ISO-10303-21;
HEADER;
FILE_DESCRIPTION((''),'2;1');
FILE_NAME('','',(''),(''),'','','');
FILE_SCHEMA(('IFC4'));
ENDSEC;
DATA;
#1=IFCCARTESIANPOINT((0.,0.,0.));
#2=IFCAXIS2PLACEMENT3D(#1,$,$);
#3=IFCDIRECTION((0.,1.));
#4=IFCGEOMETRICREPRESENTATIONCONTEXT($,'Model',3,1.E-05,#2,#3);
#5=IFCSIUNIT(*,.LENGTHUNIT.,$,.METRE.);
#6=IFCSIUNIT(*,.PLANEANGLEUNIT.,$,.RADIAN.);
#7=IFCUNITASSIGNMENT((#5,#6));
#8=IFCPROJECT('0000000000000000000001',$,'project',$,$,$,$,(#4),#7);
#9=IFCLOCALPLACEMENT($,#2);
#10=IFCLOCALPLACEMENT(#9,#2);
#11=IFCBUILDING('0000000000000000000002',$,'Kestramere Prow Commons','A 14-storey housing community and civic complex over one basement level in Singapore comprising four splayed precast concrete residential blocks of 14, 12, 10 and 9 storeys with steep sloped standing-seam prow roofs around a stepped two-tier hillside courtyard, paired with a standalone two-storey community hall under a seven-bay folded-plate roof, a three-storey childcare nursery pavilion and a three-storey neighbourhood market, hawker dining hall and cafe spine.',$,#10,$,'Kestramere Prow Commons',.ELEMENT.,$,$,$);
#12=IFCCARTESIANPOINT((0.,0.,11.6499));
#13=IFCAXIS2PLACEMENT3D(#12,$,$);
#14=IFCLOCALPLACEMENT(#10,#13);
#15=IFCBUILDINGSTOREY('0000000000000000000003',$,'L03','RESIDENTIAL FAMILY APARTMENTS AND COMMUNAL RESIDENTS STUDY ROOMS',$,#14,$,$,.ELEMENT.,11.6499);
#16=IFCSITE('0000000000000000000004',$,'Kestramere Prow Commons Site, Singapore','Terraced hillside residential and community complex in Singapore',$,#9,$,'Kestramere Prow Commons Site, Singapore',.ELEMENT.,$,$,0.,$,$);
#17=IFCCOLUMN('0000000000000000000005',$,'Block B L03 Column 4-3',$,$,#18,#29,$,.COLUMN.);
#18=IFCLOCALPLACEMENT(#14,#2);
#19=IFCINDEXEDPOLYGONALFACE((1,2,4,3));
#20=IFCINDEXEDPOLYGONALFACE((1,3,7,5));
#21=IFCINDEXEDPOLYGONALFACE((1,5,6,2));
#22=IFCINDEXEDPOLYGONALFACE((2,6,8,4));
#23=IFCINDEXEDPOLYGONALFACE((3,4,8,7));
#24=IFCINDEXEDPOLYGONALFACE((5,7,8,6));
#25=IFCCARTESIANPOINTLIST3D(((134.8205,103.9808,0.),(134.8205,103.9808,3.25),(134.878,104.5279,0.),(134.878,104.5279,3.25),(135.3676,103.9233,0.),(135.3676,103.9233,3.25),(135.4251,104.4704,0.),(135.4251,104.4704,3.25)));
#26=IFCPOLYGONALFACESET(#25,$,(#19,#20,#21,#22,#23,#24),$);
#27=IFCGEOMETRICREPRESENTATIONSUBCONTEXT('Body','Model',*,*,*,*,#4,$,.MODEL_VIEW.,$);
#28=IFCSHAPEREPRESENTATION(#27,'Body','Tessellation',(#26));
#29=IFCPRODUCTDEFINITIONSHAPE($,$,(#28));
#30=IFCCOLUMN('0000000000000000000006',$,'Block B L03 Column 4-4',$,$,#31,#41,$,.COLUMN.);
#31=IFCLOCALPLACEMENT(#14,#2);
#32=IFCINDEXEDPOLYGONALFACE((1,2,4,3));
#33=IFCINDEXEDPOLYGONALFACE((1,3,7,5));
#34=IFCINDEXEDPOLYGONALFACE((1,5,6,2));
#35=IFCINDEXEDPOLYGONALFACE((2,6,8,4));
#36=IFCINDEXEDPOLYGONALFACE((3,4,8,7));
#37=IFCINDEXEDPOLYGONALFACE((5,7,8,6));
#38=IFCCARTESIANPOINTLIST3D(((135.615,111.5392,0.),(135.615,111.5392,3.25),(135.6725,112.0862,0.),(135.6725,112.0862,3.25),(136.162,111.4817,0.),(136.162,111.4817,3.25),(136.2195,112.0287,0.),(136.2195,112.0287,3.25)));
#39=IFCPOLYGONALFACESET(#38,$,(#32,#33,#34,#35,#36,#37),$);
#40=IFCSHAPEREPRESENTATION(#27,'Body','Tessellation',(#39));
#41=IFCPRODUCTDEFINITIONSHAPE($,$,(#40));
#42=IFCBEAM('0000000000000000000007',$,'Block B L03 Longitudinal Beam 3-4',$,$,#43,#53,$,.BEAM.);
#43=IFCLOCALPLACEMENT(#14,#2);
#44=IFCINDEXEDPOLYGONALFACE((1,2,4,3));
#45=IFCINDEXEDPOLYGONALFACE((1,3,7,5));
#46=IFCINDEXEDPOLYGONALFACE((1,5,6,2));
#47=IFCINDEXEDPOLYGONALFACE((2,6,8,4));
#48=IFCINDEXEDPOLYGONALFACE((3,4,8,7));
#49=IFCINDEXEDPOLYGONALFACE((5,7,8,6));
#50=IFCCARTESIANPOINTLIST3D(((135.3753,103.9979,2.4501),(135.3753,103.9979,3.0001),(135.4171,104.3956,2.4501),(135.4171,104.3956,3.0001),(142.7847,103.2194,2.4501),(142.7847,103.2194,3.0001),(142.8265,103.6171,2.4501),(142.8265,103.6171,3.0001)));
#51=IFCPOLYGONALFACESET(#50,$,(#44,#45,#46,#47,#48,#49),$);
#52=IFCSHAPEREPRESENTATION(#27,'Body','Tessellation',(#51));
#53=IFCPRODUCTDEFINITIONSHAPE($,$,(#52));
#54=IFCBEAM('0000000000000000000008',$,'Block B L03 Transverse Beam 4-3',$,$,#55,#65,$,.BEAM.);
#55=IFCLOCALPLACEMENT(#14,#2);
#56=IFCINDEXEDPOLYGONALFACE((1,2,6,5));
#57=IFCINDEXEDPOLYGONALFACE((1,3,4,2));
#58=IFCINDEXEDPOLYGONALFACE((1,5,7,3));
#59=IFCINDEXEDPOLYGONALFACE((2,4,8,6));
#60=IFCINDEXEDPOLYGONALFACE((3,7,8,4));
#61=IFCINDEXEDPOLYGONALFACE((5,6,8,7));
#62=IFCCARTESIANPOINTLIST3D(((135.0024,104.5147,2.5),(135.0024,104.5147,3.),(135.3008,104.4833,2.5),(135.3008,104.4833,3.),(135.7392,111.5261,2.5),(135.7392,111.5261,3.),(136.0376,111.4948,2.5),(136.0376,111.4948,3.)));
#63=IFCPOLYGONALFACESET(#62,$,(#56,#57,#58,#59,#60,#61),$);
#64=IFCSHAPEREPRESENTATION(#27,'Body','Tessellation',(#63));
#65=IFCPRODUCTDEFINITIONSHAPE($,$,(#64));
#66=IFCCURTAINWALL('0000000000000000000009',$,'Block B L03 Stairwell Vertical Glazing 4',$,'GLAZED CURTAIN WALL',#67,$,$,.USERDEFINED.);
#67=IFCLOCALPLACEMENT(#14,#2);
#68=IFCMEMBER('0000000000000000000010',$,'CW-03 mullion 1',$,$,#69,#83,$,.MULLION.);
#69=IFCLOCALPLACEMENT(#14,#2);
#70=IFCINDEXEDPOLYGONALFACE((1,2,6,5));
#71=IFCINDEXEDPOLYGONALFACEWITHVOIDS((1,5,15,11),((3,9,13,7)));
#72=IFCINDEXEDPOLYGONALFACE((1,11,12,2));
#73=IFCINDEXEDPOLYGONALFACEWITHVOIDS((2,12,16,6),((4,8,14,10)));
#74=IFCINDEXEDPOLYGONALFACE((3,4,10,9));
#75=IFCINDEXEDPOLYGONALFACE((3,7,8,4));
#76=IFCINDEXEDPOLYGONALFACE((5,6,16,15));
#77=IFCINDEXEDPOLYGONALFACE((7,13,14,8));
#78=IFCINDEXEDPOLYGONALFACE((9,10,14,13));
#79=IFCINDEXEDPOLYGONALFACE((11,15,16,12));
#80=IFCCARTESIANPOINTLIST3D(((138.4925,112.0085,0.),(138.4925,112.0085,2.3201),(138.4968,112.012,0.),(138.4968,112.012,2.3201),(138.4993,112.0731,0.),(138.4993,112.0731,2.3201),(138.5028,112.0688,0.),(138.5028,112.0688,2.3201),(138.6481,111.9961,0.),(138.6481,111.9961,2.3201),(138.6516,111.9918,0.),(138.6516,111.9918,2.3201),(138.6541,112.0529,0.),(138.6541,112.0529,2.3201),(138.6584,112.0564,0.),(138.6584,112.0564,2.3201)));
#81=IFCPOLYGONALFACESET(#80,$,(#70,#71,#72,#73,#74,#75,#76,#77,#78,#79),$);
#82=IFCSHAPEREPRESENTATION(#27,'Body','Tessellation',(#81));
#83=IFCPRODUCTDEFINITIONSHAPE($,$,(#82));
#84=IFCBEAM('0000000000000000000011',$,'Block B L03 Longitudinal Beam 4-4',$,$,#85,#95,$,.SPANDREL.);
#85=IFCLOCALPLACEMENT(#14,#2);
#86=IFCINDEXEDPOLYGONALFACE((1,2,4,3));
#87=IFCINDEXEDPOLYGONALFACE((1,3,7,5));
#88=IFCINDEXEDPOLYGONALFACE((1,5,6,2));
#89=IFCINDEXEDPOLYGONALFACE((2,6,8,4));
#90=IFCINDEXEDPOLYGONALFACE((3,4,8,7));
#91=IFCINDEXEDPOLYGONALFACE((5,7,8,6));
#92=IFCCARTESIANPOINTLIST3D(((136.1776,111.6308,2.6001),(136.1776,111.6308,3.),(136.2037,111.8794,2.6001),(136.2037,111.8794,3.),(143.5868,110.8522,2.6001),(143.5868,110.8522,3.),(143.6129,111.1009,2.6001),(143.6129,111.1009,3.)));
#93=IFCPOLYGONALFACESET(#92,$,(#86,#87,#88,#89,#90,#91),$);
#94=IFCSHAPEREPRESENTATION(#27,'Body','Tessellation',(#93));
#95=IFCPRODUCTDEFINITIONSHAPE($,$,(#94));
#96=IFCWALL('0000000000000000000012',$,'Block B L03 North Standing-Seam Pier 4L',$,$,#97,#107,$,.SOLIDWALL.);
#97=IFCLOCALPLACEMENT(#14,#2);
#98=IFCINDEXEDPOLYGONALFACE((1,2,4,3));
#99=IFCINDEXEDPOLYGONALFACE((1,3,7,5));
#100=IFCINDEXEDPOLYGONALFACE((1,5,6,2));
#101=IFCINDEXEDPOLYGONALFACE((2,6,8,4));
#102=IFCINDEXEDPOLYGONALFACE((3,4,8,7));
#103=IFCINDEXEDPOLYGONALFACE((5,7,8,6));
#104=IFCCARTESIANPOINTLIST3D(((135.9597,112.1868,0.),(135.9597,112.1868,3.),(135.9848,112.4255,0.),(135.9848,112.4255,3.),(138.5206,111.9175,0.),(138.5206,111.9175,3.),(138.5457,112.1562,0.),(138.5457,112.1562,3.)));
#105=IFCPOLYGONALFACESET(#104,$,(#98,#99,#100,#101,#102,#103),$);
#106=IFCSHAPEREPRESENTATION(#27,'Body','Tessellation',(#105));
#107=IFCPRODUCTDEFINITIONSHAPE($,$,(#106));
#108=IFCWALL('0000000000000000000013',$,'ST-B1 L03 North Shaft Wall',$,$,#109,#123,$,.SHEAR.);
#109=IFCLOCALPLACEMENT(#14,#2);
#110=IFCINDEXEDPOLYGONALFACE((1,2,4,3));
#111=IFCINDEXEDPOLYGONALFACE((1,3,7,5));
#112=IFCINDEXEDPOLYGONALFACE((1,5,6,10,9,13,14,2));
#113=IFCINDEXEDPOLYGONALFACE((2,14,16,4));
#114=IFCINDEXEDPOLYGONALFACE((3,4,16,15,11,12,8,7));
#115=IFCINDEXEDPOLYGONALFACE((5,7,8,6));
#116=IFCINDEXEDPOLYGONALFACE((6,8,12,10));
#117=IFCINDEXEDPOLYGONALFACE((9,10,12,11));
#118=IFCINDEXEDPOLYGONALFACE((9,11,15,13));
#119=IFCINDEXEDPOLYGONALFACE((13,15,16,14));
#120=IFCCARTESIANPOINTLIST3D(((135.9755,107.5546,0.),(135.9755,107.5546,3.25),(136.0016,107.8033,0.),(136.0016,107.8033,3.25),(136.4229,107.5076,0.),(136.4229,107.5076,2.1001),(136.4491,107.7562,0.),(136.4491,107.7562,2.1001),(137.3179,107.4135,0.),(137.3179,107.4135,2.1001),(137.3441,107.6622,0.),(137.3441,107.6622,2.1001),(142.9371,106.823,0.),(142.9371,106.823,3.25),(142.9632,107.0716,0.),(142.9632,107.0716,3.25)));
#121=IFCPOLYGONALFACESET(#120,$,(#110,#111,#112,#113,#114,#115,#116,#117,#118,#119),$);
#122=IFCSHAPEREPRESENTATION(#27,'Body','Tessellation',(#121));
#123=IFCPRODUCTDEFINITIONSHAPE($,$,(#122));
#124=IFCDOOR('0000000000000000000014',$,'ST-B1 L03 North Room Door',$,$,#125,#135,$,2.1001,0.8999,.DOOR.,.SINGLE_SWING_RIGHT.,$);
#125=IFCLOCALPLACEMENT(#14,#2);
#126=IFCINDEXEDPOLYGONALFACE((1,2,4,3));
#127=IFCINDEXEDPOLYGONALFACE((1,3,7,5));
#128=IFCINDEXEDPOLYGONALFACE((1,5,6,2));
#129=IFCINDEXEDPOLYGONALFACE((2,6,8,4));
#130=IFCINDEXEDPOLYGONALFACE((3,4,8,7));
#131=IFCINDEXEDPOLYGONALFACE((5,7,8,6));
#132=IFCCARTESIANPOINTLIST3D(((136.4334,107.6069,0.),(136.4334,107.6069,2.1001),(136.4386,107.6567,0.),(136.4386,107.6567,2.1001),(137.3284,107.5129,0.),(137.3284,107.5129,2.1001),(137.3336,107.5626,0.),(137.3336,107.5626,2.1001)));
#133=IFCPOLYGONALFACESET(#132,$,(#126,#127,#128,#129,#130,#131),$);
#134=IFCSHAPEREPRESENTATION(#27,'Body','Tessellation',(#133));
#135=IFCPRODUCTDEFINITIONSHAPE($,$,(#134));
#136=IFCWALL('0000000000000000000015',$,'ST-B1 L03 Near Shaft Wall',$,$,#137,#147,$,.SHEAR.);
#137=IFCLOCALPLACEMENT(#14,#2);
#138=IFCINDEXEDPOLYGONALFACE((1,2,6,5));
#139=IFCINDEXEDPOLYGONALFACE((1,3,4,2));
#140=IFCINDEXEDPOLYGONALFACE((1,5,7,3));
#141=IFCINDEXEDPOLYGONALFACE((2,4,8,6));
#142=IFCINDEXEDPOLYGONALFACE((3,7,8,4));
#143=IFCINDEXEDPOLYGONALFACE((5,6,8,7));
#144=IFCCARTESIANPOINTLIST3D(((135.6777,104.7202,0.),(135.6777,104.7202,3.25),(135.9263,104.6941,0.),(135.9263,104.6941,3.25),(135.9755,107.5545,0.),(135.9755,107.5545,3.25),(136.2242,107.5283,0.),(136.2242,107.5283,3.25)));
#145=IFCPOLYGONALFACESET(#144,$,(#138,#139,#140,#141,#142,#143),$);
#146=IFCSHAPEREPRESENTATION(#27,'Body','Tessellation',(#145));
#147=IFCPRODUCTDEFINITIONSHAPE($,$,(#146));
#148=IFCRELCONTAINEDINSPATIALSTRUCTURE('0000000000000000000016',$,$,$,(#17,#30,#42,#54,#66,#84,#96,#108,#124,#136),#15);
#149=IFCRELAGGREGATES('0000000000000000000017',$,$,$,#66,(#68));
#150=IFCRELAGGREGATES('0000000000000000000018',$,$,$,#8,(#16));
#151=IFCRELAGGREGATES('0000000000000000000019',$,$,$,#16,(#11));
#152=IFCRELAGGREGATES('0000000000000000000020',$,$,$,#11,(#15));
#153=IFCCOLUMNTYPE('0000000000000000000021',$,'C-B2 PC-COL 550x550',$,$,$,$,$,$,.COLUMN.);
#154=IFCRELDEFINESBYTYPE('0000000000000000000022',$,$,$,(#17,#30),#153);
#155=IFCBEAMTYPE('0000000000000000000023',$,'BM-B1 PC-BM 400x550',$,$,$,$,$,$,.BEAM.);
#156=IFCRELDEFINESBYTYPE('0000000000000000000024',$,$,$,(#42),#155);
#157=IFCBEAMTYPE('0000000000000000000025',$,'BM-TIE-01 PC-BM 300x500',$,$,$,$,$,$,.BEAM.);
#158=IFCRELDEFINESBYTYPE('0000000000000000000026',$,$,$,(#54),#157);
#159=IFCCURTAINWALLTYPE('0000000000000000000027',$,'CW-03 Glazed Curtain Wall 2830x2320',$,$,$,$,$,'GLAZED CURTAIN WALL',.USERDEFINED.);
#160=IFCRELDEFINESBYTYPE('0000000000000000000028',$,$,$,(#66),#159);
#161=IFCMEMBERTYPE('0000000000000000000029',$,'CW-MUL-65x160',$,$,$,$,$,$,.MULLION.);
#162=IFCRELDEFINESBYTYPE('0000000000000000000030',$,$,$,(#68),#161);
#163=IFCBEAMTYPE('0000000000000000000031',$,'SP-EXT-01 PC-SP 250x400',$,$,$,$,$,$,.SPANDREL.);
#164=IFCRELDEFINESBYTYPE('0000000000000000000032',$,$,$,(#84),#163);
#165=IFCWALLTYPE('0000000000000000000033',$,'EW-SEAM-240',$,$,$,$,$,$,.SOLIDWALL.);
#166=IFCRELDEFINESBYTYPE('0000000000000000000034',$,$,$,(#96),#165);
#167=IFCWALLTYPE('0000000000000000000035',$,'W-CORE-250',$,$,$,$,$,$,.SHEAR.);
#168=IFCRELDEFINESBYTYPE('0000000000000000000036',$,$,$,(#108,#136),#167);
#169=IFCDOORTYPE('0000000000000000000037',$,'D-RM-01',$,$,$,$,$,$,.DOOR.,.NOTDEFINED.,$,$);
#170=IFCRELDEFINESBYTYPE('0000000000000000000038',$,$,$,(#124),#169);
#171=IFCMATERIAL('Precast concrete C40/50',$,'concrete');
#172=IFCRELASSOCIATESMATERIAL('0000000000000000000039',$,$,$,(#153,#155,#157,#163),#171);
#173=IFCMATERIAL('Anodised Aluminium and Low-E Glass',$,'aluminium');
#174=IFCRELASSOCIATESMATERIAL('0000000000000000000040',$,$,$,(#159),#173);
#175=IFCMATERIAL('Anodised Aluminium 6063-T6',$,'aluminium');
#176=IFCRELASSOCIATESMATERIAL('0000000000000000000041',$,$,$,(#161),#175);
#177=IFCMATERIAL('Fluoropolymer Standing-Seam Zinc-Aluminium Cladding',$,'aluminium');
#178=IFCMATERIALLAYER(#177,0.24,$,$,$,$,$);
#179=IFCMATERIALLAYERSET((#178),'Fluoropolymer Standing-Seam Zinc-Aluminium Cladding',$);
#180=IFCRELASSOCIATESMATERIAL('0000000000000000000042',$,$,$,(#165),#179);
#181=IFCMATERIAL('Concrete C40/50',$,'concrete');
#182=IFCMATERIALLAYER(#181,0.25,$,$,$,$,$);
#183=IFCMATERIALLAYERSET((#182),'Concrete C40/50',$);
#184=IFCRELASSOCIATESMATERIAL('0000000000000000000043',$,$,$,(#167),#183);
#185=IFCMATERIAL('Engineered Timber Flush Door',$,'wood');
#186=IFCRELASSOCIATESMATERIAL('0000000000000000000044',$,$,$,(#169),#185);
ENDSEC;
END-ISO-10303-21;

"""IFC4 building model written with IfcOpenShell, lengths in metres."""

from ifc_helpers import new_model, si_unit, direction, frame, frame_2d, origin, origin_2d, place, context, subcontext, project, spatial, rectangle, hollow_rectangle, extrude, material, layer, layer_set, material_profile, profile_set, type_object, element, fill, aggregate, save


model = new_model("IFC4")

# Units and contexts
model_context = context("Model", 3, precision=1e-05, world=origin(), true_north=direction((0.0, 1.0)))
body_context = subcontext(model_context, "Body", "Model", "MODEL_VIEW")
ifc_project = project(units=[si_unit("LENGTHUNIT", "METRE"), si_unit("PLANEANGLEUNIT", "RADIAN")], contexts=[model_context])

# Site, building, storey
site_placement = place(None, origin())
site = spatial("IfcSite", under=ifc_project, at=site_placement, Name="Kestramere Prow Commons Site, Singapore", Description="Terraced hillside residential and community complex in Singapore", LongName="Kestramere Prow Commons Site, Singapore", CompositionType="ELEMENT", RefElevation=0.0)
building_placement = place(site_placement, origin())
building = spatial("IfcBuilding", under=site, at=building_placement, Name="Kestramere Prow Commons", Description="A 14-storey housing community and civic complex over one basement level in Singapore comprising four splayed precast concrete residential blocks of 14, 12, 10 and 9 storeys with steep sloped standing-seam prow roofs around a stepped two-tier hillside courtyard, paired with a standalone two-storey community hall under a seven-bay folded-plate roof, a three-storey childcare nursery pavilion and a three-storey neighbourhood market, hawker dining hall and cafe spine.", LongName="Kestramere Prow Commons", CompositionType="ELEMENT")
storey_placement = place(building_placement, frame((0.0, 0.0, 11.6499)))
storey = spatial("IfcBuildingStorey", under=building, at=storey_placement, Name="L03", Description="RESIDENTIAL FAMILY APARTMENTS AND COMMUNAL RESIDENTS STUDY ROOMS", CompositionType="ELEMENT", Elevation=11.6499)

# Columns
ifc_material_1 = material(Name="Precast concrete C40/50", Category="concrete")
ifc_material_profile_1 = material_profile(ifc_material_1, rectangle(XDim=0.55, YDim=0.55, at=origin_2d()), Name="PC-COL 550x550")
ifc_profile_set_1 = profile_set([ifc_material_profile_1], Name="Precast concrete C40/50")
column_type = type_object("IfcColumnType", Name="C-B2 PC-COL 550x550", PredefinedType="COLUMN", material=ifc_profile_set_1)
for number, where, z_axis, x_axis, name in (
    (1, (135.1228, 104.2256, 0.0), (0.0, 0.0, 1.0), (0.994522, -0.104528, 0.0), "Block B L03 Column 4-3"),
    (2, (135.9172, 111.7839, 0.0), (0.0, 0.0, 1.0), (0.994522, -0.104528, 0.0), "Block B L03 Column 4-4"),
):
    element("IfcColumn", number, at=place(storey_placement, frame(where, z_axis=z_axis, x_axis=x_axis)), inside=storey, type_object=column_type, Name=name, PredefinedType="COLUMN", context=body_context, shape_type="SweptSolid", body=[
        extrude(rectangle(XDim=0.55, YDim=0.55, at=origin_2d()), origin(), (0.0, 0.0, 1.0), 3.25),
    ])

# Beams
ifc_material_profile_2 = material_profile(ifc_material_1, rectangle(XDim=0.3999, YDim=0.55, at=origin_2d()), Name="PC-BM 400x550")
ifc_profile_set_2 = profile_set([ifc_material_profile_2], Name="Precast concrete C40/50")
beam_type_1 = type_object("IfcBeamType", Name="BM-B1 PC-BM 400x550", PredefinedType="BEAM", material=ifc_profile_set_2)
beam_1_placement = place(storey_placement, frame((135.3962, 104.1968, 2.7251), z_axis=(0.994525, -0.104502, 0.0), x_axis=(0.104502, 0.994525, 0.0)))
element("IfcBeam", 3, at=beam_1_placement, inside=storey, type_object=beam_type_1, Name="Block B L03 Longitudinal Beam 3-4", PredefinedType="BEAM", context=body_context, shape_type="SweptSolid", body=[
    extrude(rectangle(XDim=0.3999, YDim=0.55, at=origin_2d()), origin(), (0.0, 0.0, 1.0), 7.4502),
])
ifc_material_profile_3 = material_profile(ifc_material_1, rectangle(XDim=0.3, YDim=0.5, at=origin_2d()), Name="PC-BM 300x500")
ifc_profile_set_3 = profile_set([ifc_material_profile_3], Name="Precast concrete C40/50")
beam_type_2 = type_object("IfcBeamType", Name="BM-TIE-01 PC-BM 300x500", PredefinedType="BEAM", material=ifc_profile_set_3)
beam_2_placement = place(storey_placement, frame((135.1516, 104.499, 2.75), z_axis=(0.104512, 0.994524, 0.0), x_axis=(-0.994524, 0.104512, 0.0)))
element("IfcBeam", 4, at=beam_2_placement, inside=storey, type_object=beam_type_2, Name="Block B L03 Transverse Beam 4-3", PredefinedType="BEAM", context=body_context, shape_type="SweptSolid", body=[
    extrude(rectangle(XDim=0.3, YDim=0.5, at=origin_2d()), origin(), (0.0, 0.0, 1.0), 7.05),
])

# Curtain wall, member
ifc_material_2 = material(Name="Anodised Aluminium and Low-E Glass", Category="aluminium")
curtain_wall_type = type_object("IfcCurtainWallType", Name="CW-03 Glazed Curtain Wall 2830x2320", ElementType="GLAZED CURTAIN WALL", PredefinedType="USERDEFINED", material=ifc_material_2)
curtain_wall_placement = place(storey_placement, origin())
curtain_wall = element("IfcCurtainWall", 5, at=curtain_wall_placement, inside=storey, type_object=curtain_wall_type, Name="Block B L03 Stairwell Vertical Glazing 4", ObjectType="GLAZED CURTAIN WALL", PredefinedType="USERDEFINED")
ifc_material_3 = material(Name="Anodised Aluminium 6063-T6", Category="aluminium")
ifc_material_profile_4 = material_profile(ifc_material_3, hollow_rectangle(XDim=0.0649, YDim=0.1599, WallThickness=0.0039, at=origin_2d()), Name="ALU-MUL 65x160")
ifc_profile_set_4 = profile_set([ifc_material_profile_4], Name="Anodised Aluminium 6063-T6")
member_type = type_object("IfcMemberType", Name="CW-MUL-65x160", PredefinedType="MULLION", material=ifc_profile_set_4)
member_placement = place(storey_placement, frame((138.5754, 112.0325, 0.0), z_axis=(0.0, 0.0, 1.0), x_axis=(0.104529, 0.994522, 0.0)))
member = element("IfcMember", 6, at=member_placement, type_object=member_type, Name="CW-03 mullion 1", PredefinedType="MULLION", context=body_context, shape_type="SweptSolid", body=[
    extrude(hollow_rectangle(XDim=0.0649, YDim=0.1599, WallThickness=0.0039, at=origin_2d()), origin(), (0.0, 0.0, 1.0), 2.3201),
])
aggregate(curtain_wall, [member])

# Beam
ifc_material_profile_5 = material_profile(ifc_material_1, rectangle(XDim=0.25, YDim=0.3999, at=origin_2d()), Name="PC-SP 250x400")
ifc_profile_set_5 = profile_set([ifc_material_profile_5], Name="Precast concrete C40/50")
beam_type_3 = type_object("IfcBeamType", Name="SP-EXT-01 PC-SP 250x400", PredefinedType="SPANDREL", material=ifc_profile_set_5)
beam_3_placement = place(storey_placement, frame((136.1907, 111.7551, 2.8), z_axis=(0.994524, -0.104506, 0.0), x_axis=(0.104506, 0.994524, 0.0)))
element("IfcBeam", 7, at=beam_3_placement, inside=storey, type_object=beam_type_3, Name="Block B L03 Longitudinal Beam 4-4", PredefinedType="SPANDREL", context=body_context, shape_type="SweptSolid", body=[
    extrude(rectangle(XDim=0.25, YDim=0.3999, at=origin_2d()), origin(), (0.0, 0.0, 1.0), 7.45),
])

# Wall
ifc_material_4 = material(Name="Fluoropolymer Standing-Seam Zinc-Aluminium Cladding", Category="aluminium")
ifc_layer_1 = layer(ifc_material_4, 0.24)
ifc_layer_set_1 = layer_set([ifc_layer_1], Name="Fluoropolymer Standing-Seam Zinc-Aluminium Cladding")
wall_type_1 = type_object("IfcWallType", Name="EW-SEAM-240", PredefinedType="SOLIDWALL", material=ifc_layer_set_1)
wall_1_placement = place(storey_placement, frame((135.9722, 112.3062, 0.0), z_axis=(0.0, 0.0, 1.0), x_axis=(0.994516, -0.104581, 0.0)))
element("IfcWall", 8, at=wall_1_placement, inside=storey, type_object=wall_type_1, Name="Block B L03 North Standing-Seam Pier 4L", PredefinedType="SOLIDWALL", context=body_context, shape_type="SweptSolid", body=[
    extrude(rectangle(XDim=2.575, YDim=0.24, at=frame_2d((1.2876, 0.0))), origin(), (0.0, 0.0, 1.0), 3.0),
])

# Wall, opening, door
ifc_material_5 = material(Name="Concrete C40/50", Category="concrete")
ifc_layer_2 = layer(ifc_material_5, 0.25)
ifc_layer_set_2 = layer_set([ifc_layer_2], Name="Concrete C40/50")
wall_type_2 = type_object("IfcWallType", Name="W-CORE-250", PredefinedType="SHEAR", material=ifc_layer_set_2)
wall_2_placement = place(storey_placement, frame((135.9885, 107.679, 0.0), z_axis=(0.0, 0.0, 1.0), x_axis=(0.994522, -0.104527, 0.0)))
wall_2 = element("IfcWall", 9, at=wall_2_placement, inside=storey, type_object=wall_type_2, Name="ST-B1 L03 North Shaft Wall", PredefinedType="SHEAR", context=body_context, shape_type="SweptSolid", body=[
    extrude(rectangle(XDim=7.0, YDim=0.25, at=frame_2d((3.5, 0.0))), origin(), (0.0, 0.0, 1.0), 3.25),
])
opening_1_placement = place(wall_2_placement, frame((0.45, 0.0, 0.0)))
opening_1 = element("IfcOpeningElement", 10, at=opening_1_placement, cuts=wall_2, PredefinedType="OPENING", context=body_context, shape_type="SweptSolid", body=[
    extrude(rectangle(XDim=0.8999, YDim=2.1001, at=frame_2d((0.45, 1.05))), frame((0.0, 0.1399, 0.0), z_axis=(0.0, -1.0, 0.0), x_axis=(1.0, 0.0, 0.0)), (0.0, 0.0, 1.0), 0.28),
])
ifc_material_6 = material(Name="Engineered Timber Flush Door", Category="wood")
door_type_1 = type_object("IfcDoorType", Name="D-RM-01", OperationType="NOTDEFINED", PredefinedType="DOOR", material=ifc_material_6)
door_1_placement = place(opening_1_placement, origin())
door_1 = element("IfcDoor", 11, at=door_1_placement, inside=storey, type_object=door_type_1, Name="ST-B1 L03 North Room Door", OperationType="SINGLE_SWING_RIGHT", OverallHeight=2.1001, OverallWidth=0.8999, PredefinedType="DOOR", context=body_context, shape_type="SweptSolid", body=[
    extrude(rectangle(XDim=0.8999, YDim=2.1001, at=frame_2d((0.45, 1.05))), frame((0.0, 0.0249, 0.0), z_axis=(0.0, -1.0, 0.0), x_axis=(1.0, 0.0, 0.0)), (0.0, 0.0, 1.0), 0.05),
])
fill(opening_1, door_1)

# Wall
wall_3_placement = place(storey_placement, frame((135.802, 104.7073, 0.0), z_axis=(0.0, 0.0, 1.0), x_axis=(0.104515, 0.994523, 0.0)))
element("IfcWall", 12, at=wall_3_placement, inside=storey, type_object=wall_type_2, Name="ST-B1 L03 Near Shaft Wall", PredefinedType="SHEAR", context=body_context, shape_type="SweptSolid", body=[
    extrude(rectangle(XDim=2.8499, YDim=0.25, at=frame_2d((1.4248, 0.0))), origin(), (0.0, 0.0, 1.0), 3.25),
])

save(model, "model.ifc")
